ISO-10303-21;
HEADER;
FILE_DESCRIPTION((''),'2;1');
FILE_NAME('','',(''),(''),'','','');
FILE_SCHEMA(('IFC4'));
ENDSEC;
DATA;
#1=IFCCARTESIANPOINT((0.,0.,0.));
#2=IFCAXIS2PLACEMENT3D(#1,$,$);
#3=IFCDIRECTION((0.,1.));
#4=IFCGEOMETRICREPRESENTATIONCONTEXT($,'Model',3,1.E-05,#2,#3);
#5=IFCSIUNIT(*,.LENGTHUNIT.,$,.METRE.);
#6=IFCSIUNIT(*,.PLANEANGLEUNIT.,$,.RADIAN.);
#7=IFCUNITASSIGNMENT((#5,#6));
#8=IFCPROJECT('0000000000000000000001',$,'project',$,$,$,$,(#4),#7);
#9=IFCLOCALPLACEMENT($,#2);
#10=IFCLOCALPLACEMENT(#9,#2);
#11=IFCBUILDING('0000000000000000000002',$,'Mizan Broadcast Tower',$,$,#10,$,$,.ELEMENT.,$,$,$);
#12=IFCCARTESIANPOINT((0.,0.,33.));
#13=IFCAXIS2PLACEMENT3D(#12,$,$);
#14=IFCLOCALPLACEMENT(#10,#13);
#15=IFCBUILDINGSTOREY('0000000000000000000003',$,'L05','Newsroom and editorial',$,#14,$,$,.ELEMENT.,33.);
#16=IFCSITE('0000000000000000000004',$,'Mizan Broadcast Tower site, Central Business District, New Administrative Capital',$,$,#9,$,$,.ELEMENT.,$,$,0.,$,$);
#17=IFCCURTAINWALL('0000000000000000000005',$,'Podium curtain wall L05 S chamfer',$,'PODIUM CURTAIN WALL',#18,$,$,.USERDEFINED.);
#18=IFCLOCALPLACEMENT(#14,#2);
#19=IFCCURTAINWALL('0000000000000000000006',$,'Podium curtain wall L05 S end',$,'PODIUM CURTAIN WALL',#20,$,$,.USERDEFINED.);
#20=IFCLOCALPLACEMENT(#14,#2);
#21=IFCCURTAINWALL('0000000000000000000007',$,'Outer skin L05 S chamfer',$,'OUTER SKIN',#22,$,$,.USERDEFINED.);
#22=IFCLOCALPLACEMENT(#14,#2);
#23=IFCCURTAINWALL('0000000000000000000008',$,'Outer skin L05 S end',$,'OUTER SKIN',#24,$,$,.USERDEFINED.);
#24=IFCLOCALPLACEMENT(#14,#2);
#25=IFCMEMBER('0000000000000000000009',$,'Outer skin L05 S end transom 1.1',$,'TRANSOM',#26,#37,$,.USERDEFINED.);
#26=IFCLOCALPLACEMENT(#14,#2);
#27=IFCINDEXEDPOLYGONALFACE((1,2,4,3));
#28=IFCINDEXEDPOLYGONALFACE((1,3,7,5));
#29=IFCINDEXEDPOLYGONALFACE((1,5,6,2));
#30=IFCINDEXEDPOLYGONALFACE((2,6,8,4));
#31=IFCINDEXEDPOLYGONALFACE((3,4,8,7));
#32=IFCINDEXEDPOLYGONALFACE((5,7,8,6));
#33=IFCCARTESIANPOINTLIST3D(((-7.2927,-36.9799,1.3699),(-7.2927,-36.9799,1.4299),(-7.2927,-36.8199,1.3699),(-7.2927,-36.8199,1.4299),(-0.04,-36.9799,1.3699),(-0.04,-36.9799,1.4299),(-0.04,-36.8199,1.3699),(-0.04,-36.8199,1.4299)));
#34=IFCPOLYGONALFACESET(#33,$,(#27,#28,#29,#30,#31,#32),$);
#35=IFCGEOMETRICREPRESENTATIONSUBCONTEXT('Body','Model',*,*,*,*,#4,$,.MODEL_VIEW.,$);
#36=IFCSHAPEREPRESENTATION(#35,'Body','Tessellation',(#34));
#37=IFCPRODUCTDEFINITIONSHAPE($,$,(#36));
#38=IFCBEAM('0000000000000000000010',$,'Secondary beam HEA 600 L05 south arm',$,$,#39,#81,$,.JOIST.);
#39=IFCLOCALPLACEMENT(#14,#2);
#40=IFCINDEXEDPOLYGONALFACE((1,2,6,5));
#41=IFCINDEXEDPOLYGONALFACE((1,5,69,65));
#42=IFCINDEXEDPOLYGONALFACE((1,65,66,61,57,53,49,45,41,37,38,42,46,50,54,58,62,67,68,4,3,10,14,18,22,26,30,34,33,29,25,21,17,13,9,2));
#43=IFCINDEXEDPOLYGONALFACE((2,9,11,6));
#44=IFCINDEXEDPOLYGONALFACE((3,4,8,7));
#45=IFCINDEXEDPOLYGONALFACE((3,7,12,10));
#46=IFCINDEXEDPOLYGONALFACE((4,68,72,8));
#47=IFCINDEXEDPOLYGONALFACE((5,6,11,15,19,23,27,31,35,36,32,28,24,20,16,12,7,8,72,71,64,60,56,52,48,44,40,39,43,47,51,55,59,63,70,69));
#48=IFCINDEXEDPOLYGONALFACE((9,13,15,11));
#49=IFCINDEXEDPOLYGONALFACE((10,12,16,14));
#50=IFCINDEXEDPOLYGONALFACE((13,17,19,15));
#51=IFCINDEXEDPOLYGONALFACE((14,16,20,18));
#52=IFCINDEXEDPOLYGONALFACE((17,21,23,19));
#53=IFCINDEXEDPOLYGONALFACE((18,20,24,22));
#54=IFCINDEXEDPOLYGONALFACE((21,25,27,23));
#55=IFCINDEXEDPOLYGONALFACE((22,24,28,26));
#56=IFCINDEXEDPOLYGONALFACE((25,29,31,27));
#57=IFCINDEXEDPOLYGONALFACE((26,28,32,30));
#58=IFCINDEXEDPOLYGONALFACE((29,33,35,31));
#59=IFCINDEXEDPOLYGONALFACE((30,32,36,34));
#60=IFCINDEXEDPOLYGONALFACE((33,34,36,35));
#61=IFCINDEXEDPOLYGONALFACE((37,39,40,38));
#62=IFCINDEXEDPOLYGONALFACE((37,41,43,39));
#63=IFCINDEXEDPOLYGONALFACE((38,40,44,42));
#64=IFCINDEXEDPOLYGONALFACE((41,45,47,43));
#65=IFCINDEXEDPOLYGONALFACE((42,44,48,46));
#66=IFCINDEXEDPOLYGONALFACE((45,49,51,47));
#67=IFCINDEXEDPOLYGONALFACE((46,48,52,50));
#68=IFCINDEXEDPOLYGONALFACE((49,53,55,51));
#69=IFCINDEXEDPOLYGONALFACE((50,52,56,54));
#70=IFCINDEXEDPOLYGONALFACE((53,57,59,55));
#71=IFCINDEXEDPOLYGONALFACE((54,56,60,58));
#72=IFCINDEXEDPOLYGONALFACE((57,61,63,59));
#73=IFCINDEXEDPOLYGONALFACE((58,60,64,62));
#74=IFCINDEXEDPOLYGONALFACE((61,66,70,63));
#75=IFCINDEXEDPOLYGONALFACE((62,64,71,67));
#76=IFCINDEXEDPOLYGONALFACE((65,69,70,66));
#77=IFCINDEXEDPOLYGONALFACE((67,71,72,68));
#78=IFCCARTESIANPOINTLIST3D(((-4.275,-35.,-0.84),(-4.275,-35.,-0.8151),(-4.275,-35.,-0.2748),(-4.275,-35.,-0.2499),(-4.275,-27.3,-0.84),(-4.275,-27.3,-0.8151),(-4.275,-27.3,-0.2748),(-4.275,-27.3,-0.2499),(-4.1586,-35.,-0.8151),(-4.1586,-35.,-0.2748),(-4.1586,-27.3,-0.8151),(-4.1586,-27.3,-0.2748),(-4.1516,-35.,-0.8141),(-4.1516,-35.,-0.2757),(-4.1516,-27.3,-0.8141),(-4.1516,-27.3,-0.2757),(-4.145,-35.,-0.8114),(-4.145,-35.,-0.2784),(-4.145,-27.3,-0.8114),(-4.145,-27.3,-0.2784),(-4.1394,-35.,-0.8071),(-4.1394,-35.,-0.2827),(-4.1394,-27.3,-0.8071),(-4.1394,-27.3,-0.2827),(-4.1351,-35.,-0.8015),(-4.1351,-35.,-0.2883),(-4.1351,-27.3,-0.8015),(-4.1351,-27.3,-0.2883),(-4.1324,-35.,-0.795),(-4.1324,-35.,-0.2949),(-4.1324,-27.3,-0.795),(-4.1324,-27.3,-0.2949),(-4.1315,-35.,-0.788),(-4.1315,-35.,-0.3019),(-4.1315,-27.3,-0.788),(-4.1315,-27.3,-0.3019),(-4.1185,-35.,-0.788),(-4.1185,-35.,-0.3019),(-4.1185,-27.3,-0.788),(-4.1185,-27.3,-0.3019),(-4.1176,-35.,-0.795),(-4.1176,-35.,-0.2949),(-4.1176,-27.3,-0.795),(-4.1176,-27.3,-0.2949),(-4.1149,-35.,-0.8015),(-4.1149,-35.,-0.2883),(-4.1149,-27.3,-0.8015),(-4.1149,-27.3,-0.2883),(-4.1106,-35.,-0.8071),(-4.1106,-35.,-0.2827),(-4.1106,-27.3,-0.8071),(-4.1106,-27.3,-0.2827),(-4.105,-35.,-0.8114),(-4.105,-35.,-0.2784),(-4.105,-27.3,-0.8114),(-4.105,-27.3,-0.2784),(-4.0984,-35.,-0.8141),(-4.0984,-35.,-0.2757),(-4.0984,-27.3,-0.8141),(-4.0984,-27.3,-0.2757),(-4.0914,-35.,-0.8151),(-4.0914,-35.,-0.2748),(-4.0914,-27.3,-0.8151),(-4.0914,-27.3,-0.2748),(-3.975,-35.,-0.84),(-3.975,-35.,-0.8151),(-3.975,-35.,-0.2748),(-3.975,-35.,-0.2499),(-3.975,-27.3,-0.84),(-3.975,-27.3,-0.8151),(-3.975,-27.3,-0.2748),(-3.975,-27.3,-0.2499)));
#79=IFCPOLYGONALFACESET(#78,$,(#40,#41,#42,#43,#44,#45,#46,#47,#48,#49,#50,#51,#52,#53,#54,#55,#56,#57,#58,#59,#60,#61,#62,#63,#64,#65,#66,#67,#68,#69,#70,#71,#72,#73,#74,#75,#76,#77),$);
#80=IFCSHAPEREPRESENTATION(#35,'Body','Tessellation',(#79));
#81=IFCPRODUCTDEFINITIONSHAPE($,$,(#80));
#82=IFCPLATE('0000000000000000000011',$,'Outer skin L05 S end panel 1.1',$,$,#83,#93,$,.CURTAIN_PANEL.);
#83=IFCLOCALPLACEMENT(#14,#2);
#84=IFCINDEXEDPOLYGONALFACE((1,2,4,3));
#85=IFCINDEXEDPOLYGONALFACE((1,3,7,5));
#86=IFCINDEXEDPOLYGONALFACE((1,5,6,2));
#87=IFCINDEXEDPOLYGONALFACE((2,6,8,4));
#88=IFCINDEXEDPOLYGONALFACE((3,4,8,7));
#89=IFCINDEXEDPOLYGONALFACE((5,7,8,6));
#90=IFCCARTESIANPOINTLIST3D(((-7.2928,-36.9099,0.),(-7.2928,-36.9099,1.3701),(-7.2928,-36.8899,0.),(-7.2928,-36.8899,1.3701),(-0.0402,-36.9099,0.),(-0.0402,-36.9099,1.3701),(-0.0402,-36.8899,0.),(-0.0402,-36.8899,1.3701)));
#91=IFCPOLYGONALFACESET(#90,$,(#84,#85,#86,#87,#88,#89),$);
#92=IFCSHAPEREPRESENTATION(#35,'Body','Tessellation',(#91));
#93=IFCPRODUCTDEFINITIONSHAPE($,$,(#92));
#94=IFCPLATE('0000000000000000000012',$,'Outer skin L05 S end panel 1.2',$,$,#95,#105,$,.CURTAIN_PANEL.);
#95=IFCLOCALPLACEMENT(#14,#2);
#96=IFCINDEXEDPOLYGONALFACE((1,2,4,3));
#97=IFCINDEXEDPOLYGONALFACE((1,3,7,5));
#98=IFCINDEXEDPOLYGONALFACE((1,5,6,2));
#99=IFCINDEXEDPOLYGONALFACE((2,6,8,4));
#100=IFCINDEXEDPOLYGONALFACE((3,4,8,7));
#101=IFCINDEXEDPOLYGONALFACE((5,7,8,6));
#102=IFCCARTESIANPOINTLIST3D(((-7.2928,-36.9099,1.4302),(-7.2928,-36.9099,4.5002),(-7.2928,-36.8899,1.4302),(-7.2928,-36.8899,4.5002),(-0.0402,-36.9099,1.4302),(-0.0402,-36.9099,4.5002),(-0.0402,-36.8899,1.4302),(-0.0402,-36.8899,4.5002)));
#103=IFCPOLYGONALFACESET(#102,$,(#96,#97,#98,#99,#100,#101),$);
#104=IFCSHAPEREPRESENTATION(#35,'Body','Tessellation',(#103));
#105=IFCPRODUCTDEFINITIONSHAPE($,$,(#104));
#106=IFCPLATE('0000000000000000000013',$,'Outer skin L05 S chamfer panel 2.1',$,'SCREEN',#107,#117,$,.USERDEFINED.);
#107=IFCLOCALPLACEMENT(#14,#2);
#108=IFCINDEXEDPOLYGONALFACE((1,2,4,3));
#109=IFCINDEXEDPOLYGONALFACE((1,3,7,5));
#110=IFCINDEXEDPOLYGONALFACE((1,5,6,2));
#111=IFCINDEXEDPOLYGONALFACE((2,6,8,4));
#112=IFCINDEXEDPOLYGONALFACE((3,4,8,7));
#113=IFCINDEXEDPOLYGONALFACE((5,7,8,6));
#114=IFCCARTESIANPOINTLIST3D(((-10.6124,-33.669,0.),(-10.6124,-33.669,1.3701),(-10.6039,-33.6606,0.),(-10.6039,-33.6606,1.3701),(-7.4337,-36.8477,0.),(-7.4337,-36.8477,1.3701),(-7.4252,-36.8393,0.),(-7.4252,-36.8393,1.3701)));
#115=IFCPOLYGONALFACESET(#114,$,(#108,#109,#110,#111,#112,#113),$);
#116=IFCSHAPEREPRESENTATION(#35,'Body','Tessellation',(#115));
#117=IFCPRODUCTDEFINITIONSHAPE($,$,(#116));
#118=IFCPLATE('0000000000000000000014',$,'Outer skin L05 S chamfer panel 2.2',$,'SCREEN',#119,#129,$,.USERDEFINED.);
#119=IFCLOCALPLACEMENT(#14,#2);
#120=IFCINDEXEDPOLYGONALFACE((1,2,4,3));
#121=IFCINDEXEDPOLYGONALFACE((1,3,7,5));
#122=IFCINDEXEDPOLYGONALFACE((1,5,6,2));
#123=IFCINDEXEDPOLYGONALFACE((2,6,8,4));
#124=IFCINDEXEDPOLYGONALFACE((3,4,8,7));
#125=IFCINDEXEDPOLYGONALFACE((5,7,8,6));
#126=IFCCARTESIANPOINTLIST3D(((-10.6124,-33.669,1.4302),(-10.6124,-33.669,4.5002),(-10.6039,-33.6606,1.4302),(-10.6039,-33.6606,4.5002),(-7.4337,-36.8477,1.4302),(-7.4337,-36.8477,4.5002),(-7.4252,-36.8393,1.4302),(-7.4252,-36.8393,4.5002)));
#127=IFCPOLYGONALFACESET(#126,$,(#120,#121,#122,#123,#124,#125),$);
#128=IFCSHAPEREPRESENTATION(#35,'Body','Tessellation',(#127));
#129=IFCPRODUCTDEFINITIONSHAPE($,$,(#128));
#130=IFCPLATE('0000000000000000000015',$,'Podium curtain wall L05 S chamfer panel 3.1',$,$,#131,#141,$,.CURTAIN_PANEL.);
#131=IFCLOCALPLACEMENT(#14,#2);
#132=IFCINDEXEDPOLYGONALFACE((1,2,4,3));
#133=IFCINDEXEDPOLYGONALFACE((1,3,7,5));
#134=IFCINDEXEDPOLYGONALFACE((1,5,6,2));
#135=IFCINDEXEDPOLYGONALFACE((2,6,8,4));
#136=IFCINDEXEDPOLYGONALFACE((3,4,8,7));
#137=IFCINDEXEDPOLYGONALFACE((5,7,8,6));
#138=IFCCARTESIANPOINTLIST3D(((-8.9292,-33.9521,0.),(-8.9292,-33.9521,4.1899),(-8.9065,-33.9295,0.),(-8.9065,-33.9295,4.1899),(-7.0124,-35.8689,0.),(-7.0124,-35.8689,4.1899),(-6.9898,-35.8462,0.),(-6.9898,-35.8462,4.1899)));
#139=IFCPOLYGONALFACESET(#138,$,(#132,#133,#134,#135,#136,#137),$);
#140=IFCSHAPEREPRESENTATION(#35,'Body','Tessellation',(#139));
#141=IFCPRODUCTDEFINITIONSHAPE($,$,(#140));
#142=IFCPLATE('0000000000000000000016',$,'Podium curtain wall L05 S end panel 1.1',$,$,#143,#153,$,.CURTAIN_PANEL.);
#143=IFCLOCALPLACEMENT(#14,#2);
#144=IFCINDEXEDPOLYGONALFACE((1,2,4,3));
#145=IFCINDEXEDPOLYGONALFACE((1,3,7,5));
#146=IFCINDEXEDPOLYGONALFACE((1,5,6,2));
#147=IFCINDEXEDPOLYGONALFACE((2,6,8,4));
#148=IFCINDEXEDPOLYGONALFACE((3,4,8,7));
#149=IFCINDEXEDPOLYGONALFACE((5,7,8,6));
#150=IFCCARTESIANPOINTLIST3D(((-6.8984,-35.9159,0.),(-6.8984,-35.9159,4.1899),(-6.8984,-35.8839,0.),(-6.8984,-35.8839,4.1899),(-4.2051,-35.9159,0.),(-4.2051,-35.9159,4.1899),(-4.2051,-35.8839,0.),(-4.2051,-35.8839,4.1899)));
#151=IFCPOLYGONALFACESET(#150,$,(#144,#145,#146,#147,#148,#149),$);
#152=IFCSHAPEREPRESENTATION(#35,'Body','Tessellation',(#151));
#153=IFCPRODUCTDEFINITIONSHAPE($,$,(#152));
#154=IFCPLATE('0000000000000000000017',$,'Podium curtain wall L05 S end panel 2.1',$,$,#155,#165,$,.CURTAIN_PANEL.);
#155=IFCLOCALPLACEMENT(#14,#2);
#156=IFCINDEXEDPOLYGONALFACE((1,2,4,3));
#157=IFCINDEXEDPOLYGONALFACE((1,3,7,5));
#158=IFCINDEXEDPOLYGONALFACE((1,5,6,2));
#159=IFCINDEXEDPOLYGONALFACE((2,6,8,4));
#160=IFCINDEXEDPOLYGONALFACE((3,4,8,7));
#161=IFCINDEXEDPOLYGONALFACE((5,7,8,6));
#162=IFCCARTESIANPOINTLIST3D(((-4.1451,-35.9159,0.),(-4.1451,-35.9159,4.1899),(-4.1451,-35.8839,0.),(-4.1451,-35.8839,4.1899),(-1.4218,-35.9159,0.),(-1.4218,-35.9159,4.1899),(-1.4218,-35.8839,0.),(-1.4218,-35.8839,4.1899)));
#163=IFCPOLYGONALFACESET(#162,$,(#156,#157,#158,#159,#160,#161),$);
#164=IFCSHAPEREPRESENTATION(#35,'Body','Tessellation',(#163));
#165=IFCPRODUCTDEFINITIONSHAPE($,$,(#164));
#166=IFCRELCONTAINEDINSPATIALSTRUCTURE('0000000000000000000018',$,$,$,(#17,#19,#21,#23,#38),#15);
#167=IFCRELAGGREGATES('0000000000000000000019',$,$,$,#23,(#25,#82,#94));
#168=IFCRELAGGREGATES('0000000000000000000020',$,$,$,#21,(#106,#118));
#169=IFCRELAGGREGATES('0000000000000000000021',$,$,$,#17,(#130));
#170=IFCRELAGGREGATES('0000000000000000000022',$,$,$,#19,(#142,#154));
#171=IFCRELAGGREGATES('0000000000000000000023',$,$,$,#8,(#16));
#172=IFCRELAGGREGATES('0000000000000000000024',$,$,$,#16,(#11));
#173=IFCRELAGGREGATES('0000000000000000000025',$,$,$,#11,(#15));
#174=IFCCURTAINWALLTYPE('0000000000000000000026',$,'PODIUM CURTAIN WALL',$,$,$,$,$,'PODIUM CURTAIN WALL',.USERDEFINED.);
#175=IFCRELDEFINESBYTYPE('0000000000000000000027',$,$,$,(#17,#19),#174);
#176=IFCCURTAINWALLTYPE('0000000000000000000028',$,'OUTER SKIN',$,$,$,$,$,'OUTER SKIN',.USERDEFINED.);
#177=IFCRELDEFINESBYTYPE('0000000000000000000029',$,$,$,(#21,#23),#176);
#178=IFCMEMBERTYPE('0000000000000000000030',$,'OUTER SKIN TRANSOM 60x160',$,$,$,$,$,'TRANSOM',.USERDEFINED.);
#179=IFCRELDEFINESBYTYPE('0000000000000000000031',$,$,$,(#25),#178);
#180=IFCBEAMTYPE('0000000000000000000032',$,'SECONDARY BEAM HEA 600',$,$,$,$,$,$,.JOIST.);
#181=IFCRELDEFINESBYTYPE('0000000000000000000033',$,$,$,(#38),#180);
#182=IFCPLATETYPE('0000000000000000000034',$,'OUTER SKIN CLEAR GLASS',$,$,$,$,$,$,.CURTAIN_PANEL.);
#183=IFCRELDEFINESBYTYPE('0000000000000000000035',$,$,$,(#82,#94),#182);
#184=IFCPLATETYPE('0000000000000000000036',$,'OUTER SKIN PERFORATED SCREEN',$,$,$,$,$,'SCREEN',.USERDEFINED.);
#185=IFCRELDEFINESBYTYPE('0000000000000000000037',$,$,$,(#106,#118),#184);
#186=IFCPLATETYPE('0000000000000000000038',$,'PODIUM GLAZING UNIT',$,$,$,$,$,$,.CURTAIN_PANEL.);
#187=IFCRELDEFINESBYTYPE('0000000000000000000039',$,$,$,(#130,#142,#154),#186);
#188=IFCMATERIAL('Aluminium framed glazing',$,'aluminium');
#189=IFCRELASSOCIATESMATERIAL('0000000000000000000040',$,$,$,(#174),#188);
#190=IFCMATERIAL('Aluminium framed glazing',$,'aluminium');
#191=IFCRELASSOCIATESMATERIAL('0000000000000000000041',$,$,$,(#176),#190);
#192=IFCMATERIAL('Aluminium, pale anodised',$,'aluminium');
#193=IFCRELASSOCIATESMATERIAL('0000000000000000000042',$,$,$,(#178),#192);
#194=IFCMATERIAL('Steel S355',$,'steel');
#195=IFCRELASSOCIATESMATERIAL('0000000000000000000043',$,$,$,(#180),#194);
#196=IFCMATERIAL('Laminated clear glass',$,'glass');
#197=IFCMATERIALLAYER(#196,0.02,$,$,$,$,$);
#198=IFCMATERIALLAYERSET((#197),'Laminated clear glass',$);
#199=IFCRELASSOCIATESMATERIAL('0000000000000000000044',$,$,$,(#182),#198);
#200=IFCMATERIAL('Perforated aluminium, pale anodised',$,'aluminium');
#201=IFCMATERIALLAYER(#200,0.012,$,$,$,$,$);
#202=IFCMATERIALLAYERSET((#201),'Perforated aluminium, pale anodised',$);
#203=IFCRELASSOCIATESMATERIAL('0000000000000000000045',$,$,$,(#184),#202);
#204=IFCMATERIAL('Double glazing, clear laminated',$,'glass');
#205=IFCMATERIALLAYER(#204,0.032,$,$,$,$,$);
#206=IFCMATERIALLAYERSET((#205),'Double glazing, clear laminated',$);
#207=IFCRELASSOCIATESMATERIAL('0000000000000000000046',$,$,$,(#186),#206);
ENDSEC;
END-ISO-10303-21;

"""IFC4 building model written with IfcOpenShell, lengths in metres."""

from ifc_helpers import new_model, si_unit, direction, frame, origin, origin_2d, place, context, subcontext, project, spatial, rectangle, i_section, extrude, material, layer, layer_set, material_profile, profile_set, type_object, element, aggregate, save


model = new_model("IFC4")

# Units and contexts
model_context = context("Model", 3, precision=1e-05, world=origin(), true_north=direction((0.0, 1.0)))
body_context = subcontext(model_context, "Body", "Model", "MODEL_VIEW")
ifc_project = project(units=[si_unit("LENGTHUNIT", "METRE"), si_unit("PLANEANGLEUNIT", "RADIAN")], contexts=[model_context])

# Site, building, storey
site_placement = place(None, origin())
site = spatial("IfcSite", under=ifc_project, at=site_placement, Name="Mizan Broadcast Tower site, Central Business District, New Administrative Capital", CompositionType="ELEMENT", RefElevation=0.0)
building_placement = place(site_placement, origin())
building = spatial("IfcBuilding", under=site, at=building_placement, Name="Mizan Broadcast Tower", CompositionType="ELEMENT")
storey_placement = place(building_placement, frame((0.0, 0.0, 33.0)))
storey = spatial("IfcBuildingStorey", under=building, at=storey_placement, Name="L05", Description="Newsroom and editorial", CompositionType="ELEMENT", Elevation=33.0)

# Curtain walls
ifc_material_1 = material(Name="Aluminium framed glazing", Category="aluminium")
curtain_wall_type_1 = type_object("IfcCurtainWallType", Name="PODIUM CURTAIN WALL", ElementType="PODIUM CURTAIN WALL", PredefinedType="USERDEFINED", material=ifc_material_1)
curtain_wall_1_placement = place(storey_placement, origin())
curtain_wall_1 = element("IfcCurtainWall", 1, at=curtain_wall_1_placement, inside=storey, type_object=curtain_wall_type_1, Name="Podium curtain wall L05 S chamfer", ObjectType="PODIUM CURTAIN WALL", PredefinedType="USERDEFINED")
curtain_wall_2_placement = place(storey_placement, origin())
curtain_wall_2 = element("IfcCurtainWall", 2, at=curtain_wall_2_placement, inside=storey, type_object=curtain_wall_type_1, Name="Podium curtain wall L05 S end", ObjectType="PODIUM CURTAIN WALL", PredefinedType="USERDEFINED")

# Curtain walls, member
ifc_material_2 = material(Name="Aluminium framed glazing", Category="aluminium")
curtain_wall_type_2 = type_object("IfcCurtainWallType", Name="OUTER SKIN", ElementType="OUTER SKIN", PredefinedType="USERDEFINED", material=ifc_material_2)
curtain_wall_3_placement = place(storey_placement, origin())
curtain_wall_3 = element("IfcCurtainWall", 3, at=curtain_wall_3_placement, inside=storey, type_object=curtain_wall_type_2, Name="Outer skin L05 S chamfer", ObjectType="OUTER SKIN", PredefinedType="USERDEFINED")
curtain_wall_4_placement = place(storey_placement, origin())
curtain_wall_4 = element("IfcCurtainWall", 4, at=curtain_wall_4_placement, inside=storey, type_object=curtain_wall_type_2, Name="Outer skin L05 S end", ObjectType="OUTER SKIN", PredefinedType="USERDEFINED")
ifc_material_3 = material(Name="Aluminium, pale anodised", Category="aluminium")
ifc_material_profile_1 = material_profile(ifc_material_3, rectangle(XDim=0.1599, YDim=0.0601, at=origin_2d()), Name="TRANSOM 160x60")
ifc_profile_set_1 = profile_set([ifc_material_profile_1], Name="Aluminium, pale anodised")
member_type_1 = type_object("IfcMemberType", Name="OUTER SKIN TRANSOM 60x160", ElementType="TRANSOM", PredefinedType="USERDEFINED", material=ifc_profile_set_1)
member_1_placement = place(storey_placement, frame((-7.2927, -36.8999, 1.3999), z_axis=(1.0, 0.0, 0.0), x_axis=(0.0, 1.0, 0.0)))
member_1 = element("IfcMember", 5, at=member_1_placement, type_object=member_type_1, Name="Outer skin L05 S end transom 1.1", ObjectType="TRANSOM", PredefinedType="USERDEFINED", context=body_context, shape_type="SweptSolid", body=[
    extrude(rectangle(XDim=0.1599, YDim=0.0601, at=origin_2d()), origin(), (0.0, 0.0, 1.0), 7.2527),
])

# Beam
ifc_material_4 = material(Name="Steel S355", Category="steel")
ifc_material_profile_2 = material_profile(ifc_material_4, i_section(OverallWidth=0.3, OverallDepth=0.5901, WebThickness=0.0129, FlangeThickness=0.0249, FilletRadius=0.0271, at=origin_2d()), Name="HEA 600")
ifc_profile_set_2 = profile_set([ifc_material_profile_2], Name="Steel S355")
beam_type_1 = type_object("IfcBeamType", Name="SECONDARY BEAM HEA 600", PredefinedType="JOIST", material=ifc_profile_set_2)
beam_1_placement = place(storey_placement, frame((-4.125, -27.3, -0.5449), z_axis=(0.0, -1.0, 0.0), x_axis=(1.0, 0.0, 0.0)))
element("IfcBeam", 6, at=beam_1_placement, inside=storey, type_object=beam_type_1, Name="Secondary beam HEA 600 L05 south arm", PredefinedType="JOIST", context=body_context, shape_type="SweptSolid", body=[
    extrude(i_section(OverallWidth=0.3, OverallDepth=0.5901, WebThickness=0.0129, FlangeThickness=0.0249, FilletRadius=0.0271, at=origin_2d()), origin(), (0.0, 0.0, 1.0), 7.7),
])

# Plates
ifc_material_5 = material(Name="Laminated clear glass", Category="glass")
ifc_layer_1 = layer(ifc_material_5, 0.02)
ifc_layer_set_1 = layer_set([ifc_layer_1], Name="Laminated clear glass")
plate_type_1 = type_object("IfcPlateType", Name="OUTER SKIN CLEAR GLASS", PredefinedType="CURTAIN_PANEL", material=ifc_layer_set_1)
plate_1_placement = place(storey_placement, frame((-3.6665, -36.8999, 0.0), z_axis=(0.0, 0.0, 1.0), x_axis=(1.0, 0.0, 0.0)))
plate_1 = element("IfcPlate", 7, at=plate_1_placement, type_object=plate_type_1, Name="Outer skin L05 S end panel 1.1", PredefinedType="CURTAIN_PANEL", context=body_context, shape_type="SweptSolid", body=[
    extrude(rectangle(XDim=7.2527, YDim=0.02, at=origin_2d()), origin(), (0.0, 0.0, 1.0), 1.3701),
])
plate_2_placement = place(storey_placement, frame((-3.6665, -36.8999, 1.4302), z_axis=(0.0, 0.0, 1.0), x_axis=(1.0, 0.0, 0.0)))
plate_2 = element("IfcPlate", 8, at=plate_2_placement, type_object=plate_type_1, Name="Outer skin L05 S end panel 1.2", PredefinedType="CURTAIN_PANEL", context=body_context, shape_type="SweptSolid", body=[
    extrude(rectangle(XDim=7.2527, YDim=0.02, at=origin_2d()), origin(), (0.0, 0.0, 1.0), 3.0701),
])
aggregate(curtain_wall_4, [member_1, plate_1, plate_2])
ifc_material_6 = material(Name="Perforated aluminium, pale anodised", Category="aluminium")
ifc_layer_2 = layer(ifc_material_6, 0.012)
ifc_layer_set_2 = layer_set([ifc_layer_2], Name="Perforated aluminium, pale anodised")
plate_type_2 = type_object("IfcPlateType", Name="OUTER SKIN PERFORATED SCREEN", ElementType="SCREEN", PredefinedType="USERDEFINED", material=ifc_layer_set_2)
plate_3_placement = place(storey_placement, frame((-9.0188, -35.2542, 0.0), z_axis=(0.0, 0.0, 1.0), x_axis=(0.707107, -0.707107, 0.0)))
plate_3 = element("IfcPlate", 9, at=plate_3_placement, type_object=plate_type_2, Name="Outer skin L05 S chamfer panel 2.1", ObjectType="SCREEN", PredefinedType="USERDEFINED", context=body_context, shape_type="SweptSolid", body=[
    extrude(rectangle(XDim=4.4954, YDim=0.012, at=origin_2d()), origin(), (0.0, 0.0, 1.0), 1.3701),
])
plate_4_placement = place(storey_placement, frame((-9.0188, -35.2542, 1.4302), z_axis=(0.0, 0.0, 1.0), x_axis=(0.707107, -0.707107, 0.0)))
plate_4 = element("IfcPlate", 10, at=plate_4_placement, type_object=plate_type_2, Name="Outer skin L05 S chamfer panel 2.2", ObjectType="SCREEN", PredefinedType="USERDEFINED", context=body_context, shape_type="SweptSolid", body=[
    extrude(rectangle(XDim=4.4954, YDim=0.012, at=origin_2d()), origin(), (0.0, 0.0, 1.0), 3.0701),
])
aggregate(curtain_wall_3, [plate_3, plate_4])
ifc_material_7 = material(Name="Double glazing, clear laminated", Category="glass")
ifc_layer_3 = layer(ifc_material_7, 0.032)
ifc_layer_set_3 = layer_set([ifc_layer_3], Name="Double glazing, clear laminated")
plate_type_3 = type_object("IfcPlateType", Name="PODIUM GLAZING UNIT", PredefinedType="CURTAIN_PANEL", material=ifc_layer_set_3)
plate_5_placement = place(storey_placement, frame((-7.9595, -34.8992, 0.0), z_axis=(0.0, 0.0, 1.0), x_axis=(0.707107, -0.707107, 0.0)))
plate_5 = element("IfcPlate", 11, at=plate_5_placement, type_object=plate_type_3, Name="Podium curtain wall L05 S chamfer panel 3.1", PredefinedType="CURTAIN_PANEL", context=body_context, shape_type="SweptSolid", body=[
    extrude(rectangle(XDim=2.7107, YDim=0.032, at=origin_2d()), origin(), (0.0, 0.0, 1.0), 4.1899),
])
aggregate(curtain_wall_1, [plate_5])
plate_6_placement = place(storey_placement, frame((-5.5518, -35.8999, 0.0), z_axis=(0.0, 0.0, 1.0), x_axis=(1.0, 0.0, 0.0)))
plate_6 = element("IfcPlate", 12, at=plate_6_placement, type_object=plate_type_3, Name="Podium curtain wall L05 S end panel 1.1", PredefinedType="CURTAIN_PANEL", context=body_context, shape_type="SweptSolid", body=[
    extrude(rectangle(XDim=2.6934, YDim=0.032, at=origin_2d()), origin(), (0.0, 0.0, 1.0), 4.1899),
])
plate_7_placement = place(storey_placement, frame((-2.7834, -35.8999, 0.0), z_axis=(0.0, 0.0, 1.0), x_axis=(1.0, 0.0, 0.0)))
plate_7 = element("IfcPlate", 13, at=plate_7_placement, type_object=plate_type_3, Name="Podium curtain wall L05 S end panel 2.1", PredefinedType="CURTAIN_PANEL", context=body_context, shape_type="SweptSolid", body=[
    extrude(rectangle(XDim=2.7234, YDim=0.032, at=origin_2d()), origin(), (0.0, 0.0, 1.0), 4.1899),
])
aggregate(curtain_wall_2, [plate_6, plate_7])

save(model, "model.ifc")
